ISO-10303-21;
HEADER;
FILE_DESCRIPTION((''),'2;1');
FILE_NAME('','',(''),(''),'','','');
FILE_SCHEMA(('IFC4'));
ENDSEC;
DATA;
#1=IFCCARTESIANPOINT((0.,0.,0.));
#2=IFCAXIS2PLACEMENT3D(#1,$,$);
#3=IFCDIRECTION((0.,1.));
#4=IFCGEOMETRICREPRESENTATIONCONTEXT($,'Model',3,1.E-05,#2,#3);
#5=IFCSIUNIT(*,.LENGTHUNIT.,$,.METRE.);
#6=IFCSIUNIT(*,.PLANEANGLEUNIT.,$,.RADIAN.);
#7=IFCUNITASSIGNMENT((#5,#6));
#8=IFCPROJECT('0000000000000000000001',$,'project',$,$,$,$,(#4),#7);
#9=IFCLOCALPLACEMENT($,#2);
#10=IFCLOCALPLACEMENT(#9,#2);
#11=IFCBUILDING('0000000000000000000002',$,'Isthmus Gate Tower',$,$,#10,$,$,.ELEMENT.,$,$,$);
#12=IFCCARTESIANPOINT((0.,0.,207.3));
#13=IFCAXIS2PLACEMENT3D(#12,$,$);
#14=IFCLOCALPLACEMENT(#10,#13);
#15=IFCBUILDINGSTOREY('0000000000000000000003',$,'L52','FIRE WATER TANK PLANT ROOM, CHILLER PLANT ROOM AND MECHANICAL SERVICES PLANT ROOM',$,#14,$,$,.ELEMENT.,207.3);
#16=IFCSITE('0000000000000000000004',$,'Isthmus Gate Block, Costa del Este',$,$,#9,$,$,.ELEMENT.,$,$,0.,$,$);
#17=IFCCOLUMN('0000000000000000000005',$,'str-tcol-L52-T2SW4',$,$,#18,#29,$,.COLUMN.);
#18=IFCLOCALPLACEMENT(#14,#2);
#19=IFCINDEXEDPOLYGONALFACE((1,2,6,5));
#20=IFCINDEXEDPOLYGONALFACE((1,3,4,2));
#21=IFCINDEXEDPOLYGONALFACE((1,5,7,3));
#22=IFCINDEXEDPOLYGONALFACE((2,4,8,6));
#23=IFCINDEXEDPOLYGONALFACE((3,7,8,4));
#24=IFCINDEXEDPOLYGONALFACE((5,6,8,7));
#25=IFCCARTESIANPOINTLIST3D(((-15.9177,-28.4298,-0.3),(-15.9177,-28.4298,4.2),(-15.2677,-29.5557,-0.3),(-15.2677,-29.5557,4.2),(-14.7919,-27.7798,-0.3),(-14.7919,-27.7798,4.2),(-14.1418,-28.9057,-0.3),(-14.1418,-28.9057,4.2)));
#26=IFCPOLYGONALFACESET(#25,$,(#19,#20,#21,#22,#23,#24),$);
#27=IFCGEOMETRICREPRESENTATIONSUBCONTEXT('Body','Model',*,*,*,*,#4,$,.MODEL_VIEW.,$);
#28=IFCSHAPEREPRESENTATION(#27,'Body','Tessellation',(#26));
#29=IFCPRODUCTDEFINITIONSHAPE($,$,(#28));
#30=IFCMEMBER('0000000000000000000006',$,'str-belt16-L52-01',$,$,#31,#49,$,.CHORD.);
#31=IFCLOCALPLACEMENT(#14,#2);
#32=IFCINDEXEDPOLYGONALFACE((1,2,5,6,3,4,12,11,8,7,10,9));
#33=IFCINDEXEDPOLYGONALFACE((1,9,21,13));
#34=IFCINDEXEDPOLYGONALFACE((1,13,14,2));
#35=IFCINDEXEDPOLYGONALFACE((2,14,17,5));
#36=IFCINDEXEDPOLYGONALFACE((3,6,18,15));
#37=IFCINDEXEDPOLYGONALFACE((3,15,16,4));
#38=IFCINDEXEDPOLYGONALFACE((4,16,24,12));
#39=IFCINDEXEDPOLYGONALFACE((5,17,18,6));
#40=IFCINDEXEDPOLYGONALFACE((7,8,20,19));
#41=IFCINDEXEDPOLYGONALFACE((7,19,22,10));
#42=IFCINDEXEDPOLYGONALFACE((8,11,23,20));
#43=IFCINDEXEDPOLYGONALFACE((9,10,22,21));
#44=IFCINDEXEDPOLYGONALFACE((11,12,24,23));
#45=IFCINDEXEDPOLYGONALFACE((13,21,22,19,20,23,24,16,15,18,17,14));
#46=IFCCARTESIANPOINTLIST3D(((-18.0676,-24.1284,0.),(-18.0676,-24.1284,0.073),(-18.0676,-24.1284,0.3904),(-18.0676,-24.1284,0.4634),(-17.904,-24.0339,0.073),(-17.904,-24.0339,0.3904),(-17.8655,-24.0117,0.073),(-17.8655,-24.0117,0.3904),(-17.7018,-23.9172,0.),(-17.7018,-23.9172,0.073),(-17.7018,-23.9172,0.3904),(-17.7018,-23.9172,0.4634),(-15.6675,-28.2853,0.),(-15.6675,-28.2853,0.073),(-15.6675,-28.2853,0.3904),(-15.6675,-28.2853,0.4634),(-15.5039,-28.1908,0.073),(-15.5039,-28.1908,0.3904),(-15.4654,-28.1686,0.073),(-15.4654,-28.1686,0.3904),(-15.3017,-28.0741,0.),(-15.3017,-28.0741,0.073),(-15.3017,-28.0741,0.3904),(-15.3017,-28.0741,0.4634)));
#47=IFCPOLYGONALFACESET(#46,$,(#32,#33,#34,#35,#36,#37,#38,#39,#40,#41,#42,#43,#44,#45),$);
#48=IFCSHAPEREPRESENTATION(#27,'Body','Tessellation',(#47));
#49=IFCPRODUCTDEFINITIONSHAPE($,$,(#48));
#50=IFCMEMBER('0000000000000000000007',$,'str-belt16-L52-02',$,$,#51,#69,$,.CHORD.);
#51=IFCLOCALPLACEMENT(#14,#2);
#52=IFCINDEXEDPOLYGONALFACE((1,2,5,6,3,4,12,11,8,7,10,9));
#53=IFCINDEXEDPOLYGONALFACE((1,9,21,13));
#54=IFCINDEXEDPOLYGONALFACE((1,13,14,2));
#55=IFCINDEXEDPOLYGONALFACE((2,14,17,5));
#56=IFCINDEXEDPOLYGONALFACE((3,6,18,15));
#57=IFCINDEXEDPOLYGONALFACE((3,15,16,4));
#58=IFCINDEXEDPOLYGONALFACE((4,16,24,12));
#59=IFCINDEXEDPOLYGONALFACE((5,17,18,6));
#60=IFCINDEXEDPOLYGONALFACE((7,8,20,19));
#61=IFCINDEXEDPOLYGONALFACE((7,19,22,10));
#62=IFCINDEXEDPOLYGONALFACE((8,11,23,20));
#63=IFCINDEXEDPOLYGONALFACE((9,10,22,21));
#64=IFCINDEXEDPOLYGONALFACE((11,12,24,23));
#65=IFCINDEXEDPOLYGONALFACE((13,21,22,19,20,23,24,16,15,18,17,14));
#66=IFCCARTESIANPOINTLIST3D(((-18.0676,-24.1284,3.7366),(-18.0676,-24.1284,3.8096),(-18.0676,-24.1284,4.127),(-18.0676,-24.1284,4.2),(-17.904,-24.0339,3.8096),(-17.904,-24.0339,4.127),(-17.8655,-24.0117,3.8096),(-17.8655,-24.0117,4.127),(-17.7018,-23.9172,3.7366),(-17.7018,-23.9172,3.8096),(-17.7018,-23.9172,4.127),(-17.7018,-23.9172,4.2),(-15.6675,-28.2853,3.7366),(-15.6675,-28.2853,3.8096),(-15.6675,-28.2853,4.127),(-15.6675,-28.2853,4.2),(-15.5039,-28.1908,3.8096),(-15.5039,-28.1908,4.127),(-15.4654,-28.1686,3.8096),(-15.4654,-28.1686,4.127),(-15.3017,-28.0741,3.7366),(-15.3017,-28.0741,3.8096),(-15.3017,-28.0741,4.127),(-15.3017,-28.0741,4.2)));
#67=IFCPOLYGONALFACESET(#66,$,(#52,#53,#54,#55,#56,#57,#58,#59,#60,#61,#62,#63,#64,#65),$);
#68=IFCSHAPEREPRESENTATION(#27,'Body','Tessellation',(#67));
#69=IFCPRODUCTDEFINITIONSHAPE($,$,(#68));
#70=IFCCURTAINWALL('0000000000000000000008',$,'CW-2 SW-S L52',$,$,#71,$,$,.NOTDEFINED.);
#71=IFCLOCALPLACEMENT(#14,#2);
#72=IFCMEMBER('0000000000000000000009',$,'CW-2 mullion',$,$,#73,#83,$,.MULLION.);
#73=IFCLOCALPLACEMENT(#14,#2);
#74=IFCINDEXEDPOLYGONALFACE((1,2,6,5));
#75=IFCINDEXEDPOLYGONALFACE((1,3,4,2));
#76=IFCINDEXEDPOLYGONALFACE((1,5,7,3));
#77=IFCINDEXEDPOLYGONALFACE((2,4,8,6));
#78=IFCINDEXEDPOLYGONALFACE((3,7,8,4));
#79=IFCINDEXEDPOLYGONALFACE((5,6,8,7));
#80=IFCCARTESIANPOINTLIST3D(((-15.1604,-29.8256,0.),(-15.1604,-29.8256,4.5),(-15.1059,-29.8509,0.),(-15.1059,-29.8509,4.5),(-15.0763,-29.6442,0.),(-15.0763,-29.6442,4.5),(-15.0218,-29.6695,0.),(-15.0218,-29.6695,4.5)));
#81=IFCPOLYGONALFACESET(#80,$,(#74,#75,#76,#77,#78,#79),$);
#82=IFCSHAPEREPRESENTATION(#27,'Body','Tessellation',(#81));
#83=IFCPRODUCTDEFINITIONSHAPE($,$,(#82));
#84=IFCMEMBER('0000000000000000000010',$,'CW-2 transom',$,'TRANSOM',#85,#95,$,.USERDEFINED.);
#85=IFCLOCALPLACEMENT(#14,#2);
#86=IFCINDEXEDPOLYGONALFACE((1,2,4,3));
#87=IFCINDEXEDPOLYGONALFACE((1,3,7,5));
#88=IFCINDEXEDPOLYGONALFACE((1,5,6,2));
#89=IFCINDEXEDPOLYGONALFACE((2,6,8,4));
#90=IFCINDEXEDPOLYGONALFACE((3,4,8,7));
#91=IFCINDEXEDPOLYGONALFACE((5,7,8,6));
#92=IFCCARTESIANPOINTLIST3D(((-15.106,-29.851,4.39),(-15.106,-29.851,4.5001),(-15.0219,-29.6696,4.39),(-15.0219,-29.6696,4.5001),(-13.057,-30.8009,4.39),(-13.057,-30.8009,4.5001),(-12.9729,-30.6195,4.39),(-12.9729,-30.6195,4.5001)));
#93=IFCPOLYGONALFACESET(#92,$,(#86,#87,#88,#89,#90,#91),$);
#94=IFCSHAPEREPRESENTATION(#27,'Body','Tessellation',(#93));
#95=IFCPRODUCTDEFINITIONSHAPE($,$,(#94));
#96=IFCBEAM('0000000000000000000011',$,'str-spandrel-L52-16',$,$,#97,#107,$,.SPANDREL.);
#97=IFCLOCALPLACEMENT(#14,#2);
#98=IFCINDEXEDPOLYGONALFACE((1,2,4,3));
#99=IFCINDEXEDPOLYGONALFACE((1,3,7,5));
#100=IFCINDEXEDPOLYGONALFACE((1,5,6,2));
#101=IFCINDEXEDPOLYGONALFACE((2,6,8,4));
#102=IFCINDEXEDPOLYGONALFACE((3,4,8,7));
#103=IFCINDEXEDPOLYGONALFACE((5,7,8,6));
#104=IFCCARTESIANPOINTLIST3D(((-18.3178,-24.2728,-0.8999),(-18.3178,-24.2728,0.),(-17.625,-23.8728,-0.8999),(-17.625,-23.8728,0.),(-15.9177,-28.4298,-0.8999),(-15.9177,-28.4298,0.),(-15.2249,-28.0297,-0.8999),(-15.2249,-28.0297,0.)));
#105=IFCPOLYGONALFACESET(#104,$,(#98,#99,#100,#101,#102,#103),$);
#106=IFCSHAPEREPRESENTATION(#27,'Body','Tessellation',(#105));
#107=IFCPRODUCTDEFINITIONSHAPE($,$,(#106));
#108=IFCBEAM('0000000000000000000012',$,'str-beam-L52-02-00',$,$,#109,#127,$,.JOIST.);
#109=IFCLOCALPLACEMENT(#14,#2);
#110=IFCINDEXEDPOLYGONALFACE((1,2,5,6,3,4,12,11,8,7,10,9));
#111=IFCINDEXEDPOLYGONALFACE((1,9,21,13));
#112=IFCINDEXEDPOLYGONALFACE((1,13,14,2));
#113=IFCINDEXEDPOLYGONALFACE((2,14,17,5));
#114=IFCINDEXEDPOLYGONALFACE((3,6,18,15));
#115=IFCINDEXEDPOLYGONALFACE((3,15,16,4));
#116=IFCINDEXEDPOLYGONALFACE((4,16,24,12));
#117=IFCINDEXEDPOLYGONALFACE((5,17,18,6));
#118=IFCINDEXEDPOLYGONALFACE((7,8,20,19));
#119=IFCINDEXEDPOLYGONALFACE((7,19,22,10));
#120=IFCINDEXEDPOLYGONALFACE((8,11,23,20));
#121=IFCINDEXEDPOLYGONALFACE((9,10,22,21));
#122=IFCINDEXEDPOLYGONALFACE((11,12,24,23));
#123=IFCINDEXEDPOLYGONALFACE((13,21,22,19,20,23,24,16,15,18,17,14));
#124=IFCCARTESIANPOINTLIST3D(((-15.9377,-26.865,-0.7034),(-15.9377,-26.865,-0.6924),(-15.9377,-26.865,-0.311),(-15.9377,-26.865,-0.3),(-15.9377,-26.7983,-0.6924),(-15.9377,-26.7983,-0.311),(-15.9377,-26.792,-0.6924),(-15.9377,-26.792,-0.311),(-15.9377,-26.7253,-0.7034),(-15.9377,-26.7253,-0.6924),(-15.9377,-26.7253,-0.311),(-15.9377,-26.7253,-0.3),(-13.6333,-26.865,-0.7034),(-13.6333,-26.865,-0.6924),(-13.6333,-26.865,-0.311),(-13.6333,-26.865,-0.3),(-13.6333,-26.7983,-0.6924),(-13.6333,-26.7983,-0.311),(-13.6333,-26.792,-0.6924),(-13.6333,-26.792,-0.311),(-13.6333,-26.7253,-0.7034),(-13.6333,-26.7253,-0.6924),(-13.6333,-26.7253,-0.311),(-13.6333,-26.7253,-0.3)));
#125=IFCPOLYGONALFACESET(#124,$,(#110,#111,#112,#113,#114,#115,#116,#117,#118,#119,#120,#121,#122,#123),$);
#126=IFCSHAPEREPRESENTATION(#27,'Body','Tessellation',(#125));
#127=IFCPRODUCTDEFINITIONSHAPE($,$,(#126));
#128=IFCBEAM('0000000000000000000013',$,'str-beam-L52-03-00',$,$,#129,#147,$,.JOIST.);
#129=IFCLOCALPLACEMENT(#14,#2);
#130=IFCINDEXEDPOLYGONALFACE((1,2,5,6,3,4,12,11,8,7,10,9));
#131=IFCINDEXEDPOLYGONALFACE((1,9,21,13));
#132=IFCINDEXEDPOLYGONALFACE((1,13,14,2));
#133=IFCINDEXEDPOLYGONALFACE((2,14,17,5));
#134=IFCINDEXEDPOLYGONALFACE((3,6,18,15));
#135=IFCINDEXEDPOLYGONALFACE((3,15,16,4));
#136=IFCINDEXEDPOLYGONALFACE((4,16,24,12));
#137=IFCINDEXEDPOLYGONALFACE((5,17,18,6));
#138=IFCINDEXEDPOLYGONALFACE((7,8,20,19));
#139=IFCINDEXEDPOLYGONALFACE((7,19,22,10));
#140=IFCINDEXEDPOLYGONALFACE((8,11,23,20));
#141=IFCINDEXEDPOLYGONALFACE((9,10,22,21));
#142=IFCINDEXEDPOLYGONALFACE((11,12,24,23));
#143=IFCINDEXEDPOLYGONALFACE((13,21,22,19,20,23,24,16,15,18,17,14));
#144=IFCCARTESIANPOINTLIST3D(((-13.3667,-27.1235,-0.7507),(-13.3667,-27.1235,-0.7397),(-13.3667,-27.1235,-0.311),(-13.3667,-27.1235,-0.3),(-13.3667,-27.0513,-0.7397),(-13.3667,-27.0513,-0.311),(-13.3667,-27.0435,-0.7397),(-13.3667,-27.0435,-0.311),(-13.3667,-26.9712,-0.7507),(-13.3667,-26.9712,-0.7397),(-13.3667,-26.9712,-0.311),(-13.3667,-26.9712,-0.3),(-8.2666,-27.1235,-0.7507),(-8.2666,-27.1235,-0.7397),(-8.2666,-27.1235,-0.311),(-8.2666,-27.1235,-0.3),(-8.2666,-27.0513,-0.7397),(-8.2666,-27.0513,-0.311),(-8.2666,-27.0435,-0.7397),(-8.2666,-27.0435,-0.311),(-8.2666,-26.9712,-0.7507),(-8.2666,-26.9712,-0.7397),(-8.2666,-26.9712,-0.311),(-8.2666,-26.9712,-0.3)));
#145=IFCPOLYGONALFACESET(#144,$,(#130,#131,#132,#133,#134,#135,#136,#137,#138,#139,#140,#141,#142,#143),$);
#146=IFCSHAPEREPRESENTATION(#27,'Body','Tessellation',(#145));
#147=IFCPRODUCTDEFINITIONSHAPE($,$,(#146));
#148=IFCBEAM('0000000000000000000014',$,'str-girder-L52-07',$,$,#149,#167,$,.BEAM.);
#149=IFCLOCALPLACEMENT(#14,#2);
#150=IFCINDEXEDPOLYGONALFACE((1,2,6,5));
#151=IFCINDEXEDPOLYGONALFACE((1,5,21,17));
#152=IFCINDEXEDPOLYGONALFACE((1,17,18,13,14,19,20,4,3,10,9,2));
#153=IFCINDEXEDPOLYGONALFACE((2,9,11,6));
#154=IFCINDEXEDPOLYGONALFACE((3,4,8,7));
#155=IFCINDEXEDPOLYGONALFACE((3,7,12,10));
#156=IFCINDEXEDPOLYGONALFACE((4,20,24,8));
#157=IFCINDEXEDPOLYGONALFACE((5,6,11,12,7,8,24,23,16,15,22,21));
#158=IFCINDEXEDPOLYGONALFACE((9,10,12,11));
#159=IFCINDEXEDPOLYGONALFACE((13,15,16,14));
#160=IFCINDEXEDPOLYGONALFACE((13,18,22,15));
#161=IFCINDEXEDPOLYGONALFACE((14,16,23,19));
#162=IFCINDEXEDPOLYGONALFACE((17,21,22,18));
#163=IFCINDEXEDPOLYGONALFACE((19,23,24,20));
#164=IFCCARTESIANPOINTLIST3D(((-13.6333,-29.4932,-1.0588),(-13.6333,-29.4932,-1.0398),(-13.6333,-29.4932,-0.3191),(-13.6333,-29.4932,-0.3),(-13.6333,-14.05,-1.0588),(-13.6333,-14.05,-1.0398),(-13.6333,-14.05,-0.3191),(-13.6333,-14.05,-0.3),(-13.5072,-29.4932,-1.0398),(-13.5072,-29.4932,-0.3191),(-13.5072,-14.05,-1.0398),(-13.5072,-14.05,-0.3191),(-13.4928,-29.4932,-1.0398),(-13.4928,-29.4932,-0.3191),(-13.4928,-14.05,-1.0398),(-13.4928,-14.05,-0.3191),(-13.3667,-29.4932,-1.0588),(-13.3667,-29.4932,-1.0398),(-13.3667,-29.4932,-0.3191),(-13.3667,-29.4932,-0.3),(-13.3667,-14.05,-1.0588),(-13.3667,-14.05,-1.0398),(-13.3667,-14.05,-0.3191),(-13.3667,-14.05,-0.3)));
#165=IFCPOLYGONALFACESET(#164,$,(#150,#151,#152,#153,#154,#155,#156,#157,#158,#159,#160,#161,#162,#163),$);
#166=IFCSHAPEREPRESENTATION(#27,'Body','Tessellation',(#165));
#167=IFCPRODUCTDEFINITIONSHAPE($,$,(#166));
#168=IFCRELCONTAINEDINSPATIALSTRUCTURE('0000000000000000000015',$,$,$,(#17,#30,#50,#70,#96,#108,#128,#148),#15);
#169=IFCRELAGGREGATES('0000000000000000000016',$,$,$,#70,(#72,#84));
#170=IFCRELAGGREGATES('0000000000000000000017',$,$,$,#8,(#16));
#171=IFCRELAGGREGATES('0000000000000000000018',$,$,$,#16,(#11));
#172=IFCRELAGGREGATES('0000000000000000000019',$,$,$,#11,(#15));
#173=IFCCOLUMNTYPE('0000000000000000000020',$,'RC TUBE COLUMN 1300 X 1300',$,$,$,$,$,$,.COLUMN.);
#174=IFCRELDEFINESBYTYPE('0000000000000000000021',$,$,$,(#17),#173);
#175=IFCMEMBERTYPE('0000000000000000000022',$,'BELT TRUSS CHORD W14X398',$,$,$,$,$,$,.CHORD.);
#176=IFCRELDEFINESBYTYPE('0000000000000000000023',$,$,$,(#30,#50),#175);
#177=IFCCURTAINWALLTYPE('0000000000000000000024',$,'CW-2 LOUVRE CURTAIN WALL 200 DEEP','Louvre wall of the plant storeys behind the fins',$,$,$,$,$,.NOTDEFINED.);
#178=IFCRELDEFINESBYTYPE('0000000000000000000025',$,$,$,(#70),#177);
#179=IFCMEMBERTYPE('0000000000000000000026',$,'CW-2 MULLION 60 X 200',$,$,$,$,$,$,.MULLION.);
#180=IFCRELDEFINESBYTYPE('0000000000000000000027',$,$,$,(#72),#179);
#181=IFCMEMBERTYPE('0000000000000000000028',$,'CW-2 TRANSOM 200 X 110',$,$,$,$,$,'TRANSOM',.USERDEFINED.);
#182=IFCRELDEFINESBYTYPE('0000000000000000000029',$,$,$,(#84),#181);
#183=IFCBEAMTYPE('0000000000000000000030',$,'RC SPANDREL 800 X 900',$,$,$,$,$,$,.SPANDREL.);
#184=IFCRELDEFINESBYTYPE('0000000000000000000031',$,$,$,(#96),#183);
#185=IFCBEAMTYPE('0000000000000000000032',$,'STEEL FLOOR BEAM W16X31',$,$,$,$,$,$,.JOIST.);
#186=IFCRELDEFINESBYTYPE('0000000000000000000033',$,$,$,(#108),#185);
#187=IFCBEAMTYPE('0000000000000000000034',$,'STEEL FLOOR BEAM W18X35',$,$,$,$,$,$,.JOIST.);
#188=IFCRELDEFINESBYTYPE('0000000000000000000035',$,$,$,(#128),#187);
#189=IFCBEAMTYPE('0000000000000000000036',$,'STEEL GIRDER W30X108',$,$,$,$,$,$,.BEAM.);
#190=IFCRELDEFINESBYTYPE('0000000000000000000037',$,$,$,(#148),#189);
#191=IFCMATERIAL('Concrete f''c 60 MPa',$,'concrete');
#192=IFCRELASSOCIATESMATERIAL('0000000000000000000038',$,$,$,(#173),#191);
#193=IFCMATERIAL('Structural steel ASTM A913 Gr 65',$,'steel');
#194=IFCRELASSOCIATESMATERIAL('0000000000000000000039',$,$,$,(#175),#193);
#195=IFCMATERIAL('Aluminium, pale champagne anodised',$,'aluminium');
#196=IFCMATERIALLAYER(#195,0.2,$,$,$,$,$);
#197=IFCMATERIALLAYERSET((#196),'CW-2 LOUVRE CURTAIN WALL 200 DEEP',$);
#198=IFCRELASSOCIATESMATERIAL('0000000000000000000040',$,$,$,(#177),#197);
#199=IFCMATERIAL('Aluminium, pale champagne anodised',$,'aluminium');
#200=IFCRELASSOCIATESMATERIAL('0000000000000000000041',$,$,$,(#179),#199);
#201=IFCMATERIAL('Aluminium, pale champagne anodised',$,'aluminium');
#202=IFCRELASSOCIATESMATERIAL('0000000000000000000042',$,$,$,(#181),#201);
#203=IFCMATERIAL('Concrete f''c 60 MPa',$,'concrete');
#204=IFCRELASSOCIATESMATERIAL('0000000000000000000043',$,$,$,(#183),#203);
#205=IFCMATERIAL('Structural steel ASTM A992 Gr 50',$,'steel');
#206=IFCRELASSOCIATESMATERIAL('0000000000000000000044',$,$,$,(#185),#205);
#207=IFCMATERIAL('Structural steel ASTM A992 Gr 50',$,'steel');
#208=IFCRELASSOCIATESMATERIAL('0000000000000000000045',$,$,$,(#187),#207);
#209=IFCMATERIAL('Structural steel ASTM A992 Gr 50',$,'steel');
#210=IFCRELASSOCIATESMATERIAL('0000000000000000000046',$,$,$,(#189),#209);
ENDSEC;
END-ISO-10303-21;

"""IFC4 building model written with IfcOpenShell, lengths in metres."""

from ifc_helpers import new_model, si_unit, direction, frame, origin, origin_2d, place, context, subcontext, project, spatial, rectangle, i_section, extrude, material, layer, layer_set, material_profile, profile_set, type_object, element, aggregate, save


model = new_model("IFC4")

# Units and contexts
model_context = context("Model", 3, precision=1e-05, world=origin(), true_north=direction((0.0, 1.0)))
body_context = subcontext(model_context, "Body", "Model", "MODEL_VIEW")
ifc_project = project(units=[si_unit("LENGTHUNIT", "METRE"), si_unit("PLANEANGLEUNIT", "RADIAN")], contexts=[model_context])

# Site, building, storey
site_placement = place(None, origin())
site = spatial("IfcSite", under=ifc_project, at=site_placement, Name="Isthmus Gate Block, Costa del Este", CompositionType="ELEMENT", RefElevation=0.0)
building_placement = place(site_placement, origin())
building = spatial("IfcBuilding", under=site, at=building_placement, Name="Isthmus Gate Tower", CompositionType="ELEMENT")
storey_placement = place(building_placement, frame((0.0, 0.0, 207.3)))
storey = spatial("IfcBuildingStorey", under=building, at=storey_placement, Name="L52", Description="FIRE WATER TANK PLANT ROOM, CHILLER PLANT ROOM AND MECHANICAL SERVICES PLANT ROOM", CompositionType="ELEMENT", Elevation=207.3)

# Column
ifc_material_1 = material(Name="Concrete f'c 60 MPa", Category="concrete")
ifc_material_profile_1 = material_profile(ifc_material_1, rectangle(XDim=1.3, YDim=1.3, at=origin_2d()), Name="RC 1300X1300")
ifc_profile_set_1 = profile_set([ifc_material_profile_1], Name="Concrete f'c 60 MPa")
column_type = type_object("IfcColumnType", Name="RC TUBE COLUMN 1300 X 1300", PredefinedType="COLUMN", material=ifc_profile_set_1)
column_placement = place(storey_placement, frame((-15.0298, -28.6677, -0.3), z_axis=(0.0, 0.0, 1.0), x_axis=(0.5, -0.866025, 0.0)))
element("IfcColumn", 1, at=column_placement, inside=storey, type_object=column_type, Name="str-tcol-L52-T2SW4", PredefinedType="COLUMN", context=body_context, shape_type="SweptSolid", body=[
    extrude(rectangle(XDim=1.3, YDim=1.3, at=origin_2d()), origin(), (0.0, 0.0, 1.0), 4.5),
])

# Members
ifc_material_2 = material(Name="Structural steel ASTM A913 Gr 65", Category="steel")
ifc_material_profile_2 = material_profile(ifc_material_2, i_section(OverallWidth=0.4224, OverallDepth=0.4634, WebThickness=0.0444, FlangeThickness=0.073, at=origin_2d()), Name="W14X398")
ifc_profile_set_2 = profile_set([ifc_material_profile_2], Name="Structural steel ASTM A913 Gr 65")
member_type_1 = type_object("IfcMemberType", Name="BELT TRUSS CHORD W14X398", PredefinedType="CHORD", material=ifc_profile_set_2)
for number, where, z_axis, x_axis, name in (
    (2, (-15.4846, -28.1797, 0.2317), (-0.500017, 0.866015, 0.0), (-0.866015, -0.500017, 0.0), "str-belt16-L52-01"),
    (3, (-15.4846, -28.1797, 3.9683), (-0.500017, 0.866015, 0.0), (-0.866015, -0.500017, 0.0), "str-belt16-L52-02"),
):
    element("IfcMember", number, at=place(storey_placement, frame(where, z_axis=z_axis, x_axis=x_axis)), inside=storey, type_object=member_type_1, Name=name, PredefinedType="CHORD", context=body_context, shape_type="SweptSolid", body=[
        extrude(i_section(OverallWidth=0.4224, OverallDepth=0.4634, WebThickness=0.0444, FlangeThickness=0.073, at=origin_2d()), origin(), (0.0, 0.0, 1.0), 4.8),
    ])

# Curtain wall, members
ifc_material_3 = material(Name="Aluminium, pale champagne anodised", Category="aluminium")
ifc_layer_1 = layer(ifc_material_3, 0.2)
ifc_layer_set_1 = layer_set([ifc_layer_1], Name="CW-2 LOUVRE CURTAIN WALL 200 DEEP")
curtain_wall_type = type_object("IfcCurtainWallType", Name="CW-2 LOUVRE CURTAIN WALL 200 DEEP", Description="Louvre wall of the plant storeys behind the fins", PredefinedType="NOTDEFINED", material=ifc_layer_set_1)
curtain_wall_1_placement = place(storey_placement, origin())
curtain_wall_1 = element("IfcCurtainWall", 4, at=curtain_wall_1_placement, inside=storey, type_object=curtain_wall_type, Name="CW-2 SW-S L52", PredefinedType="NOTDEFINED")
ifc_material_4 = material(Name="Aluminium, pale champagne anodised", Category="aluminium")
ifc_material_profile_3 = material_profile(ifc_material_4, rectangle(XDim=0.0601, YDim=0.2, at=origin_2d()), Name="60x200")
ifc_profile_set_3 = profile_set([ifc_material_profile_3], Name="Aluminium, pale champagne anodised")
member_type_2 = type_object("IfcMemberType", Name="CW-2 MULLION 60 X 200", PredefinedType="MULLION", material=ifc_profile_set_3)
member_1_placement = place(storey_placement, frame((-15.0911, -29.7476, 0.0), z_axis=(0.0, 0.0, 1.0), x_axis=(0.907256, -0.420578, 0.0)))
member_1 = element("IfcMember", 5, at=member_1_placement, type_object=member_type_2, Name="CW-2 mullion", PredefinedType="MULLION", context=body_context, shape_type="SweptSolid", body=[
    extrude(rectangle(XDim=0.0601, YDim=0.2, at=origin_2d()), origin(), (0.0, 0.0, 1.0), 4.5),
])
ifc_material_5 = material(Name="Aluminium, pale champagne anodised", Category="aluminium")
ifc_material_profile_4 = material_profile(ifc_material_5, rectangle(XDim=0.2, YDim=0.1101, at=origin_2d()), Name="200x110")
ifc_profile_set_4 = profile_set([ifc_material_profile_4], Name="Aluminium, pale champagne anodised")
member_type_3 = type_object("IfcMemberType", Name="CW-2 TRANSOM 200 X 110", ElementType="TRANSOM", PredefinedType="USERDEFINED", material=ifc_profile_set_4)
member_2_placement = place(storey_placement, frame((-15.064, -29.7603, 4.4451), z_axis=(0.907246, -0.4206, 0.0), x_axis=(0.4206, 0.907246, 0.0)))
member_2 = element("IfcMember", 6, at=member_2_placement, type_object=member_type_3, Name="CW-2 transom", ObjectType="TRANSOM", PredefinedType="USERDEFINED", context=body_context, shape_type="SweptSolid", body=[
    extrude(rectangle(XDim=0.2, YDim=0.1101, at=origin_2d()), origin(), (0.0, 0.0, 1.0), 2.2585),
])

# Beams
ifc_material_6 = material(Name="Concrete f'c 60 MPa", Category="concrete")
ifc_material_profile_5 = material_profile(ifc_material_6, rectangle(XDim=0.8, YDim=0.8999, at=origin_2d()), Name="RC 800X900")
ifc_profile_set_5 = profile_set([ifc_material_profile_5], Name="Concrete f'c 60 MPa")
beam_type_1 = type_object("IfcBeamType", Name="RC SPANDREL 800 X 900", PredefinedType="SPANDREL", material=ifc_profile_set_5)
beam_1_placement = place(storey_placement, frame((-15.5713, -28.2297, -0.45), z_axis=(-0.500017, 0.866015, 0.0), x_axis=(-0.866015, -0.500017, 0.0)))
element("IfcBeam", 7, at=beam_1_placement, inside=storey, type_object=beam_type_1, Name="str-spandrel-L52-16", PredefinedType="SPANDREL", context=body_context, shape_type="SweptSolid", body=[
    extrude(rectangle(XDim=0.8, YDim=0.8999, at=origin_2d()), origin(), (0.0, 0.0, 1.0), 4.8),
])
ifc_material_7 = material(Name="Structural steel ASTM A992 Gr 50", Category="steel")
ifc_material_profile_6 = material_profile(ifc_material_7, i_section(OverallWidth=0.1396, OverallDepth=0.4033, WebThickness=0.0063, FlangeThickness=0.011, at=origin_2d()), Name="W16X31")
ifc_profile_set_6 = profile_set([ifc_material_profile_6], Name="Structural steel ASTM A992 Gr 50")
beam_type_2 = type_object("IfcBeamType", Name="STEEL FLOOR BEAM W16X31", PredefinedType="JOIST", material=ifc_profile_set_6)
beam_2_placement = place(storey_placement, frame((-15.9377, -26.7952, -0.5017), z_axis=(1.0, 0.0, 0.0), x_axis=(0.0, 1.0, 0.0)))
element("IfcBeam", 8, at=beam_2_placement, inside=storey, type_object=beam_type_2, Name="str-beam-L52-02-00", PredefinedType="JOIST", context=body_context, shape_type="SweptSolid", body=[
    extrude(i_section(OverallWidth=0.1396, OverallDepth=0.4033, WebThickness=0.0063, FlangeThickness=0.011, at=origin_2d()), origin(), (0.0, 0.0, 1.0), 2.3044),
])
ifc_material_8 = material(Name="Structural steel ASTM A992 Gr 50", Category="steel")
ifc_material_profile_7 = material_profile(ifc_material_8, i_section(OverallWidth=0.1523, OverallDepth=0.4507, WebThickness=0.0078, FlangeThickness=0.011, at=origin_2d()), Name="W18X35")
ifc_profile_set_7 = profile_set([ifc_material_profile_7], Name="Structural steel ASTM A992 Gr 50")
beam_type_3 = type_object("IfcBeamType", Name="STEEL FLOOR BEAM W18X35", PredefinedType="JOIST", material=ifc_profile_set_7)
beam_3_placement = place(storey_placement, frame((-13.3667, -27.0474, -0.5254), z_axis=(1.0, 0.0, 0.0), x_axis=(0.0, 1.0, 0.0)))
element("IfcBeam", 9, at=beam_3_placement, inside=storey, type_object=beam_type_3, Name="str-beam-L52-03-00", PredefinedType="JOIST", context=body_context, shape_type="SweptSolid", body=[
    extrude(i_section(OverallWidth=0.1523, OverallDepth=0.4507, WebThickness=0.0078, FlangeThickness=0.011, at=origin_2d()), origin(), (0.0, 0.0, 1.0), 5.1001),
])
ifc_material_9 = material(Name="Structural steel ASTM A992 Gr 50", Category="steel")
ifc_material_profile_8 = material_profile(ifc_material_9, i_section(OverallWidth=0.2666, OverallDepth=0.7588, WebThickness=0.0144, FlangeThickness=0.019, at=origin_2d()), Name="W30X108")
ifc_profile_set_8 = profile_set([ifc_material_profile_8], Name="Structural steel ASTM A992 Gr 50")
beam_type_4 = type_object("IfcBeamType", Name="STEEL GIRDER W30X108", PredefinedType="BEAM", material=ifc_profile_set_8)
beam_4_placement = place(storey_placement, frame((-13.5, -29.4932, -0.6794), z_axis=(0.0, 1.0, 0.0), x_axis=(-1.0, 0.0, 0.0)))
element("IfcBeam", 10, at=beam_4_placement, inside=storey, type_object=beam_type_4, Name="str-girder-L52-07", PredefinedType="BEAM", context=body_context, shape_type="SweptSolid", body=[
    extrude(i_section(OverallWidth=0.2666, OverallDepth=0.7588, WebThickness=0.0144, FlangeThickness=0.019, at=origin_2d()), origin(), (0.0, 0.0, 1.0), 15.4431),
])

aggregate(curtain_wall_1, [member_1, member_2])

save(model, "model.ifc")
